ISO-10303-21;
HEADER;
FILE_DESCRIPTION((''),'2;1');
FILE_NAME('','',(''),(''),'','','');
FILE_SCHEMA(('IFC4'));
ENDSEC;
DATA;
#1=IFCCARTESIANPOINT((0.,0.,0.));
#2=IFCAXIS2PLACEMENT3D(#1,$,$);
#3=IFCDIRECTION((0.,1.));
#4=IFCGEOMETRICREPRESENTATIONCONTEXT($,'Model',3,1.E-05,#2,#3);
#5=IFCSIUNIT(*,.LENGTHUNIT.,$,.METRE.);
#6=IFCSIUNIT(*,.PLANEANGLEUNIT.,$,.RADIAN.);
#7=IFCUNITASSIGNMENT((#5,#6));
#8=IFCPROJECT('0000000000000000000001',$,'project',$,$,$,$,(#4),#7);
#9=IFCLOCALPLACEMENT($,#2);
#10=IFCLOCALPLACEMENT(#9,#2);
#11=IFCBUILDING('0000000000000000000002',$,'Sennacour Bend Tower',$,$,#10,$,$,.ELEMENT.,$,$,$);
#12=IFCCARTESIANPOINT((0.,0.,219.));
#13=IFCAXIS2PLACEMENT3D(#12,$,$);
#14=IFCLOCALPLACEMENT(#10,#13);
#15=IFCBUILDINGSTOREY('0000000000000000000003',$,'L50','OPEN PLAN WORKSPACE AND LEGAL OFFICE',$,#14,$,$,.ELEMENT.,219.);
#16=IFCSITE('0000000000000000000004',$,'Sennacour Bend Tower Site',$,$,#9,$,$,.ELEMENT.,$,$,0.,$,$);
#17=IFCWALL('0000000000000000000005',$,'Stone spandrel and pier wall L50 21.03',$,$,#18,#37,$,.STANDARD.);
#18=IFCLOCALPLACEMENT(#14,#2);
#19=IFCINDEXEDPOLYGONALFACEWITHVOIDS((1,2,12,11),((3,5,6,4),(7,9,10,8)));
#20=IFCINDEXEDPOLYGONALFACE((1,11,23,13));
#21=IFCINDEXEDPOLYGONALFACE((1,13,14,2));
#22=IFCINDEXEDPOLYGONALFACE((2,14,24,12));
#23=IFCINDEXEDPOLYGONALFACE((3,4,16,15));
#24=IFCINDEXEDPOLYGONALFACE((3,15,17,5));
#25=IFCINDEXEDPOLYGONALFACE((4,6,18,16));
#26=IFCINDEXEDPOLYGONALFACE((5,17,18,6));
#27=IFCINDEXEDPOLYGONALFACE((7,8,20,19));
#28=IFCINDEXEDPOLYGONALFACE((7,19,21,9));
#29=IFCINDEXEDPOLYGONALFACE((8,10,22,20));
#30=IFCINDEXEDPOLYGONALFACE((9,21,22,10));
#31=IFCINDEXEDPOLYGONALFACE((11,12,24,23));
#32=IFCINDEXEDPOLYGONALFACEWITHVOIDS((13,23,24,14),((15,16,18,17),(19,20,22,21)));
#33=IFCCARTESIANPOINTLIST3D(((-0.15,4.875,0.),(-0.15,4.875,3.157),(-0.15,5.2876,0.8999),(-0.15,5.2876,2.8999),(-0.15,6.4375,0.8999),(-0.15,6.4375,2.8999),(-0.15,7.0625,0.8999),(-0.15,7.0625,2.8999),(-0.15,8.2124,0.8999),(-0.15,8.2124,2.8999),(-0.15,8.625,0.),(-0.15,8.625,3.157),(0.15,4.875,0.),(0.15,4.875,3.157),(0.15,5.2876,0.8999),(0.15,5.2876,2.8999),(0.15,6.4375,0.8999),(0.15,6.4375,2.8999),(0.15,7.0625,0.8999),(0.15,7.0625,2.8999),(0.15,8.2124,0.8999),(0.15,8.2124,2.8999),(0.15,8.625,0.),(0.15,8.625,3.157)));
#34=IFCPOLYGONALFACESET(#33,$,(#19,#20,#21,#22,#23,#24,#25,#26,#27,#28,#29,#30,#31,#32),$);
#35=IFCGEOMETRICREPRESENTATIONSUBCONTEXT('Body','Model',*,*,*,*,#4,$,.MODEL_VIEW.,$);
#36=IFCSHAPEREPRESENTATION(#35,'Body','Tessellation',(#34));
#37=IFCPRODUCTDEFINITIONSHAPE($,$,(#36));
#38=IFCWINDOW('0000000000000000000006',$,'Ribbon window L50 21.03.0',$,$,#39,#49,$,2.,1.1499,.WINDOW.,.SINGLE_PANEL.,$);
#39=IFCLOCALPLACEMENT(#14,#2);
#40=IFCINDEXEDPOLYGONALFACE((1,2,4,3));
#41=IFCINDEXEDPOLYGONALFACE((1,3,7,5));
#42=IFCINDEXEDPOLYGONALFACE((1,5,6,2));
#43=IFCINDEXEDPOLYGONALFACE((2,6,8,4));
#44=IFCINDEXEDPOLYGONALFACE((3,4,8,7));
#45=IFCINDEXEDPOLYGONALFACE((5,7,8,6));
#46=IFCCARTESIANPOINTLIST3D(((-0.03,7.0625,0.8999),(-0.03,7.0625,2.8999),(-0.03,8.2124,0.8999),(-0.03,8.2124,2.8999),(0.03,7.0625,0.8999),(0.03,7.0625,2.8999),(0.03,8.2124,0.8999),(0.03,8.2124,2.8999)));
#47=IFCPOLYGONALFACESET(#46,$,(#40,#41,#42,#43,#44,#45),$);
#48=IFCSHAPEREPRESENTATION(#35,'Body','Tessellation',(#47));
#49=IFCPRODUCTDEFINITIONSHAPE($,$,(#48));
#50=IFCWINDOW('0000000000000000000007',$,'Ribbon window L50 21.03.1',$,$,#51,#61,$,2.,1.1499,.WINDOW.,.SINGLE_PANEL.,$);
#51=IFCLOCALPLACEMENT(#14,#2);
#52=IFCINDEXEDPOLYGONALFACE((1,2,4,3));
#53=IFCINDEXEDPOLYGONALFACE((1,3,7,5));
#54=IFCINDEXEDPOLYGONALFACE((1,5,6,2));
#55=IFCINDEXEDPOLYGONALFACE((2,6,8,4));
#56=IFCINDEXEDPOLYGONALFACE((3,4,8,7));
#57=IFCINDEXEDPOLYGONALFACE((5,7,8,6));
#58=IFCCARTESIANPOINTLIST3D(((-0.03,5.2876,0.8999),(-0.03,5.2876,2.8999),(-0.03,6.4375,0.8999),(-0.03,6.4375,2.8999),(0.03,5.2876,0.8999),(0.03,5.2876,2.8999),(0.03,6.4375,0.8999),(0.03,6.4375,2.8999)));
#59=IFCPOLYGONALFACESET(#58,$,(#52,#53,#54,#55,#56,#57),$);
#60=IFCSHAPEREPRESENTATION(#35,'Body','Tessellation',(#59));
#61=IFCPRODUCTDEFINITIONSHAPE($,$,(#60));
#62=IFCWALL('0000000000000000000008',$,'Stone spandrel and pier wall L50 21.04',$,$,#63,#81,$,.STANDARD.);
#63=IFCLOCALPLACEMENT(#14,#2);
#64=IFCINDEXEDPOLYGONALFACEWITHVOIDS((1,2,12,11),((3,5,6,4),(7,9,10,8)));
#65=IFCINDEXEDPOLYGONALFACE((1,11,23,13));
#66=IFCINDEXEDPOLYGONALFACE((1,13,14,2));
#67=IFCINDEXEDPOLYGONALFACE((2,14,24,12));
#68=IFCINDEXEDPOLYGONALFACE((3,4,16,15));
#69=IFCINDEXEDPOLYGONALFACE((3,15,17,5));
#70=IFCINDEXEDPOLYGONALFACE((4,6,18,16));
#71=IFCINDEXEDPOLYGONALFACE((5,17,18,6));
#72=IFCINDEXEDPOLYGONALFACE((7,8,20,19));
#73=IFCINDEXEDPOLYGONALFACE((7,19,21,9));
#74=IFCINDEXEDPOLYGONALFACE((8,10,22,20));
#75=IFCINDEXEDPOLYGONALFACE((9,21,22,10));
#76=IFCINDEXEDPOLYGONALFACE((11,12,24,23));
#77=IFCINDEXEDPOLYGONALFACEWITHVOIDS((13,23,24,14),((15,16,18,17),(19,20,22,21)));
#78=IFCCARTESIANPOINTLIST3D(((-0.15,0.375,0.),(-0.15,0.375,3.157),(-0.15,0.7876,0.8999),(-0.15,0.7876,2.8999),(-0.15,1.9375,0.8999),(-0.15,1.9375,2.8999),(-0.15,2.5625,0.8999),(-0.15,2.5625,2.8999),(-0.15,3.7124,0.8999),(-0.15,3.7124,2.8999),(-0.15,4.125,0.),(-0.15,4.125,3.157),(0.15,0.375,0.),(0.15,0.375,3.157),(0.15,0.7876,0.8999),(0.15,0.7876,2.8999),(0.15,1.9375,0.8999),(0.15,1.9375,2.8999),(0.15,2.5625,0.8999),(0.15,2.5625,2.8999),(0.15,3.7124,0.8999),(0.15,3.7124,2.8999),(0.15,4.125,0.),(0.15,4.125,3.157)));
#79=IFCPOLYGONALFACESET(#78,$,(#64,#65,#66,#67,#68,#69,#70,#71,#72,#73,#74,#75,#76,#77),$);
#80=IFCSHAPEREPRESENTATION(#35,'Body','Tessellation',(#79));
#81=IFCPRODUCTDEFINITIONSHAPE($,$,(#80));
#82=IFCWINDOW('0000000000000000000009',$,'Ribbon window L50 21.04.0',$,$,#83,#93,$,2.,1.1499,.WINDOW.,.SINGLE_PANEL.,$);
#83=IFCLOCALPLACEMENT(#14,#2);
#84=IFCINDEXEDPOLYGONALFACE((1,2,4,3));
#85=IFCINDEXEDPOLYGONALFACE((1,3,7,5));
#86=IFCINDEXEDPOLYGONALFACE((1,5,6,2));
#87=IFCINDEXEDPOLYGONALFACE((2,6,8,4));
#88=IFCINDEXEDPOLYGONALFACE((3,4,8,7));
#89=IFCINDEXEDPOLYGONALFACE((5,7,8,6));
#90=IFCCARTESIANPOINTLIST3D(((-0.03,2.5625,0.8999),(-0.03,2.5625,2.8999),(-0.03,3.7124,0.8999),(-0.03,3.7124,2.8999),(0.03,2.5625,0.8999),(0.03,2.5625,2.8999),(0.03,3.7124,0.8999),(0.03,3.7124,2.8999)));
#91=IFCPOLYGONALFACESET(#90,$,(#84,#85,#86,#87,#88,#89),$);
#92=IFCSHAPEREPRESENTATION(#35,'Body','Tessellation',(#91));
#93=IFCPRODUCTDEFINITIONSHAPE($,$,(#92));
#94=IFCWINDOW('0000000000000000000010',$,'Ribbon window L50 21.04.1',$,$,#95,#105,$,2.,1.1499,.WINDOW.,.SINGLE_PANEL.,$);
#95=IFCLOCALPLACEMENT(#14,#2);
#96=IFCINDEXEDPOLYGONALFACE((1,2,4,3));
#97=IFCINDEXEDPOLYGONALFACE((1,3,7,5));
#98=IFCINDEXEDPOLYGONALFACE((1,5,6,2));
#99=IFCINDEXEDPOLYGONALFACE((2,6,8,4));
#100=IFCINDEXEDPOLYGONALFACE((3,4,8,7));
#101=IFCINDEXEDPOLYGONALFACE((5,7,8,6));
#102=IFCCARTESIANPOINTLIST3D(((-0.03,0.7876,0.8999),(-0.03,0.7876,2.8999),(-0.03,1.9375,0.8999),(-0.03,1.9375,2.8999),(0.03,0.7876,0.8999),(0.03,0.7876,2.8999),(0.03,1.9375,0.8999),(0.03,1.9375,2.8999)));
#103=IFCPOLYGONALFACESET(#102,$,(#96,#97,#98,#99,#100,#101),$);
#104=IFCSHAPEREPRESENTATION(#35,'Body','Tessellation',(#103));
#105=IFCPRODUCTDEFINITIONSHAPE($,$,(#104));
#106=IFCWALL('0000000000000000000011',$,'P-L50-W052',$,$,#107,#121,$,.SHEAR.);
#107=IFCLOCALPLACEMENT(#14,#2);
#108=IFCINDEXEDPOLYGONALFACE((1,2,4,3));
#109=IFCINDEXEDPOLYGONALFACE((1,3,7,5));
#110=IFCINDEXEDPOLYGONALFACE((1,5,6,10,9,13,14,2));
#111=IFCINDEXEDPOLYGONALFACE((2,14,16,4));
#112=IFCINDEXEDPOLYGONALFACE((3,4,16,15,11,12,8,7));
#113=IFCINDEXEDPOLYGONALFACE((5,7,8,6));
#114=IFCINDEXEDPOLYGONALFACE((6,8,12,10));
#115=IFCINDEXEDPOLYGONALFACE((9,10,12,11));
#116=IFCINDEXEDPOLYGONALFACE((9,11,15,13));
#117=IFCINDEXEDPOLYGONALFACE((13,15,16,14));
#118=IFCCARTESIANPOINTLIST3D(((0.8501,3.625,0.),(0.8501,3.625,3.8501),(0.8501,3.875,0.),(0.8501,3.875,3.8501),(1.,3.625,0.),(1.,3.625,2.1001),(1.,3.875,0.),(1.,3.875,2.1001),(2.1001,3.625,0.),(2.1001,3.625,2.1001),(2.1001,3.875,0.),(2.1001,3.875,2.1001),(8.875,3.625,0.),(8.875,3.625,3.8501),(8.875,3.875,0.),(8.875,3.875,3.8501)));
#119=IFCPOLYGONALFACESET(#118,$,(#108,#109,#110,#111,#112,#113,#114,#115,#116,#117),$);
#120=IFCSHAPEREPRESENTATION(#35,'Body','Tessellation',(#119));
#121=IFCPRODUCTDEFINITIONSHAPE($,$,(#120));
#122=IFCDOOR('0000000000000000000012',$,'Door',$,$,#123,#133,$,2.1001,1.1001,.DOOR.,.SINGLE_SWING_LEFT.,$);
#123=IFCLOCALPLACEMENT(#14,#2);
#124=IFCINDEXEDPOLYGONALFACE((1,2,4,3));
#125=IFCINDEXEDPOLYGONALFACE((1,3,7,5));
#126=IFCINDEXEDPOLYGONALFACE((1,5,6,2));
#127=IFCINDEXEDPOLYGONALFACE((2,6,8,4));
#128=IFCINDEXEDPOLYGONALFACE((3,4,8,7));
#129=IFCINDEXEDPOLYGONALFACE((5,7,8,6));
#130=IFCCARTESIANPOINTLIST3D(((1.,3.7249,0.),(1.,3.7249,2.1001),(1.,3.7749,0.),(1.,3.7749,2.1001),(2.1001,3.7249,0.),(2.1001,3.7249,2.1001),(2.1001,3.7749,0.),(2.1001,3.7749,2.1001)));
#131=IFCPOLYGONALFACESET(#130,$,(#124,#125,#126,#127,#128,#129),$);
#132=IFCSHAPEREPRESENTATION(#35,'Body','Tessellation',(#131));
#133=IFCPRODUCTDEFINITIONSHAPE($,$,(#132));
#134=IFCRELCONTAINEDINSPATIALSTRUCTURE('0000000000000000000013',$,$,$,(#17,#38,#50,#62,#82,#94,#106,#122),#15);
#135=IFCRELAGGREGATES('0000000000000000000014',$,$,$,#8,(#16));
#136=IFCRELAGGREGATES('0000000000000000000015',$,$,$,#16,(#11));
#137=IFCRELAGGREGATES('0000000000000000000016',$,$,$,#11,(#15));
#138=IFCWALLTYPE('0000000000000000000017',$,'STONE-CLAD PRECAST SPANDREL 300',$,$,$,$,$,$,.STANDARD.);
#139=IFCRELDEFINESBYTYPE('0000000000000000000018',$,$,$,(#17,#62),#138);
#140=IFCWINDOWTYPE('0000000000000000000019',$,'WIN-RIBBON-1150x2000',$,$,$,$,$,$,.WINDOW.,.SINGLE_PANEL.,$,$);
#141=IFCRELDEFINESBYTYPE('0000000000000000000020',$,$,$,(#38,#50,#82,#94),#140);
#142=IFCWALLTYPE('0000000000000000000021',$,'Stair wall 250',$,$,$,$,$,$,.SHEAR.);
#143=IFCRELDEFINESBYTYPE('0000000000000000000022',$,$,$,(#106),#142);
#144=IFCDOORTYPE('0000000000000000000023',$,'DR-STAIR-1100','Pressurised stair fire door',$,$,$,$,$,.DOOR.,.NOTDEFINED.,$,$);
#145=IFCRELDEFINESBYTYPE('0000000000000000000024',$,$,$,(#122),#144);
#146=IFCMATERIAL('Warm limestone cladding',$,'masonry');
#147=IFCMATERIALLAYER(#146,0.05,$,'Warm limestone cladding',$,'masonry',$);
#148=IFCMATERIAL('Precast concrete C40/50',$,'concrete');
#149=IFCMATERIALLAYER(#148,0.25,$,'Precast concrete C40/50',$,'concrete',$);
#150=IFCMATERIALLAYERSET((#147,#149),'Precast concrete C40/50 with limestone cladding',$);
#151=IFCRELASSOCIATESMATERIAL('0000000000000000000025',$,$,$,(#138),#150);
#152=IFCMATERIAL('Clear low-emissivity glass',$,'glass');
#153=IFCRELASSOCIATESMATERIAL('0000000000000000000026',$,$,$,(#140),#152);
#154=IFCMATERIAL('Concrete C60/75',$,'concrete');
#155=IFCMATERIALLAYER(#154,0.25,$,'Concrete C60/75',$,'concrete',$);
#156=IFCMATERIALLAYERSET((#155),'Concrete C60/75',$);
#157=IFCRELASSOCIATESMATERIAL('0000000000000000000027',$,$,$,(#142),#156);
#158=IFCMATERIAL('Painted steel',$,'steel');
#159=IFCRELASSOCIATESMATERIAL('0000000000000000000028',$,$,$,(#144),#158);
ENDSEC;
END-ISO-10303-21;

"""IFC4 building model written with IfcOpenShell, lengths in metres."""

from ifc_helpers import new_model, si_unit, direction, frame, frame_2d, origin, place, context, subcontext, project, spatial, rectangle, extrude, material, layer, layer_set, type_object, element, fill, save


model = new_model("IFC4")

# Units and contexts
model_context = context("Model", 3, precision=1e-05, world=origin(), true_north=direction((0.0, 1.0)))
body_context = subcontext(model_context, "Body", "Model", "MODEL_VIEW")
ifc_project = project(units=[si_unit("LENGTHUNIT", "METRE"), si_unit("PLANEANGLEUNIT", "RADIAN")], contexts=[model_context])

# Site, building, storey
site_placement = place(None, origin())
site = spatial("IfcSite", under=ifc_project, at=site_placement, Name="Sennacour Bend Tower Site", CompositionType="ELEMENT", RefElevation=0.0)
building_placement = place(site_placement, origin())
building = spatial("IfcBuilding", under=site, at=building_placement, Name="Sennacour Bend Tower", CompositionType="ELEMENT")
storey_placement = place(building_placement, frame((0.0, 0.0, 219.0)))
storey = spatial("IfcBuildingStorey", under=building, at=storey_placement, Name="L50", Description="OPEN PLAN WORKSPACE AND LEGAL OFFICE", CompositionType="ELEMENT", Elevation=219.0)

# Shared definitions
ifc_material_1 = material(Name="Painted steel", Category="steel")

# Walls, openings, windows
ifc_material_2 = material(Name="Warm limestone cladding", Category="masonry")
ifc_layer_1 = layer(ifc_material_2, 0.05, Name="Warm limestone cladding", Category="masonry")
ifc_material_3 = material(Name="Precast concrete C40/50", Category="concrete")
ifc_layer_2 = layer(ifc_material_3, 0.25, Name="Precast concrete C40/50", Category="concrete")
ifc_layer_set_1 = layer_set([ifc_layer_1, ifc_layer_2], Name="Precast concrete C40/50 with limestone cladding")
wall_type_1 = type_object("IfcWallType", Name="STONE-CLAD PRECAST SPANDREL 300", PredefinedType="STANDARD", material=ifc_layer_set_1)
wall_1_placement = place(storey_placement, frame((0.0, 8.625, 0.0), z_axis=(0.0, 0.0, 1.0), x_axis=(0.0, -1.0, 0.0)))
wall_1 = element("IfcWall", 1, at=wall_1_placement, inside=storey, type_object=wall_type_1, Name="Stone spandrel and pier wall L50 21.03", PredefinedType="STANDARD", context=body_context, shape_type="SweptSolid", body=[
    extrude(rectangle(XDim=3.75, YDim=0.3, at=frame_2d((1.875, 0.0))), origin(), (0.0, 0.0, 1.0), 3.157),
])
opening_1_placement = place(wall_1_placement, frame((0.4126, 0.0, 0.8999)))
opening_1 = element("IfcOpeningElement", 2, at=opening_1_placement, cuts=wall_1, PredefinedType="OPENING", context=body_context, shape_type="SweptSolid", body=[
    extrude(rectangle(XDim=1.1499, YDim=2.0, at=frame_2d((0.575, 1.0))), frame((0.0, 0.1602, 0.0), z_axis=(0.0, -1.0, 0.0), x_axis=(1.0, 0.0, 0.0)), (0.0, 0.0, 1.0), 0.3201),
])
opening_2_placement = place(wall_1_placement, frame((2.1875, 0.0, 0.8999)))
opening_2 = element("IfcOpeningElement", 3, at=opening_2_placement, cuts=wall_1, PredefinedType="OPENING", context=body_context, shape_type="SweptSolid", body=[
    extrude(rectangle(XDim=1.1499, YDim=2.0, at=frame_2d((0.575, 1.0))), frame((0.0, 0.1602, 0.0), z_axis=(0.0, -1.0, 0.0), x_axis=(1.0, 0.0, 0.0)), (0.0, 0.0, 1.0), 0.3201),
])
ifc_material_4 = material(Name="Clear low-emissivity glass", Category="glass")
window_type = type_object("IfcWindowType", Name="WIN-RIBBON-1150x2000", PartitioningType="SINGLE_PANEL", PredefinedType="WINDOW", material=ifc_material_4)
window_1_placement = place(opening_1_placement, origin())
window_1 = element("IfcWindow", 4, at=window_1_placement, inside=storey, type_object=window_type, Name="Ribbon window L50 21.03.0", OverallHeight=2.0, OverallWidth=1.1499, PartitioningType="SINGLE_PANEL", PredefinedType="WINDOW", context=body_context, shape_type="SweptSolid", body=[
    extrude(rectangle(XDim=1.1499, YDim=2.0, at=frame_2d((0.575, 1.0))), frame((0.0, 0.03, 0.0), z_axis=(0.0, -1.0, 0.0), x_axis=(1.0, 0.0, 0.0)), (0.0, 0.0, 1.0), 0.0601),
])
fill(opening_1, window_1)
window_2_placement = place(opening_2_placement, origin())
window_2 = element("IfcWindow", 5, at=window_2_placement, inside=storey, type_object=window_type, Name="Ribbon window L50 21.03.1", OverallHeight=2.0, OverallWidth=1.1499, PartitioningType="SINGLE_PANEL", PredefinedType="WINDOW", context=body_context, shape_type="SweptSolid", body=[
    extrude(rectangle(XDim=1.1499, YDim=2.0, at=frame_2d((0.575, 1.0))), frame((0.0, 0.03, 0.0), z_axis=(0.0, -1.0, 0.0), x_axis=(1.0, 0.0, 0.0)), (0.0, 0.0, 1.0), 0.0601),
])
fill(opening_2, window_2)
wall_2_placement = place(storey_placement, frame((0.0, 4.125, 0.0), z_axis=(0.0, 0.0, 1.0), x_axis=(0.0, -1.0, 0.0)))
wall_2 = element("IfcWall", 6, at=wall_2_placement, inside=storey, type_object=wall_type_1, Name="Stone spandrel and pier wall L50 21.04", PredefinedType="STANDARD", context=body_context, shape_type="SweptSolid", body=[
    extrude(rectangle(XDim=3.75, YDim=0.3, at=frame_2d((1.875, 0.0))), origin(), (0.0, 0.0, 1.0), 3.157),
])
opening_3_placement = place(wall_2_placement, frame((0.4126, 0.0, 0.8999)))
opening_3 = element("IfcOpeningElement", 7, at=opening_3_placement, cuts=wall_2, PredefinedType="OPENING", context=body_context, shape_type="SweptSolid", body=[
    extrude(rectangle(XDim=1.1499, YDim=2.0, at=frame_2d((0.575, 1.0))), frame((0.0, 0.1602, 0.0), z_axis=(0.0, -1.0, 0.0), x_axis=(1.0, 0.0, 0.0)), (0.0, 0.0, 1.0), 0.3201),
])
opening_4_placement = place(wall_2_placement, frame((2.1875, 0.0, 0.8999)))
opening_4 = element("IfcOpeningElement", 8, at=opening_4_placement, cuts=wall_2, PredefinedType="OPENING", context=body_context, shape_type="SweptSolid", body=[
    extrude(rectangle(XDim=1.1499, YDim=2.0, at=frame_2d((0.575, 1.0))), frame((0.0, 0.1602, 0.0), z_axis=(0.0, -1.0, 0.0), x_axis=(1.0, 0.0, 0.0)), (0.0, 0.0, 1.0), 0.3201),
])
window_3_placement = place(opening_3_placement, origin())
window_3 = element("IfcWindow", 9, at=window_3_placement, inside=storey, type_object=window_type, Name="Ribbon window L50 21.04.0", OverallHeight=2.0, OverallWidth=1.1499, PartitioningType="SINGLE_PANEL", PredefinedType="WINDOW", context=body_context, shape_type="SweptSolid", body=[
    extrude(rectangle(XDim=1.1499, YDim=2.0, at=frame_2d((0.575, 1.0))), frame((0.0, 0.03, 0.0), z_axis=(0.0, -1.0, 0.0), x_axis=(1.0, 0.0, 0.0)), (0.0, 0.0, 1.0), 0.0601),
])
fill(opening_3, window_3)
window_4_placement = place(opening_4_placement, origin())
window_4 = element("IfcWindow", 10, at=window_4_placement, inside=storey, type_object=window_type, Name="Ribbon window L50 21.04.1", OverallHeight=2.0, OverallWidth=1.1499, PartitioningType="SINGLE_PANEL", PredefinedType="WINDOW", context=body_context, shape_type="SweptSolid", body=[
    extrude(rectangle(XDim=1.1499, YDim=2.0, at=frame_2d((0.575, 1.0))), frame((0.0, 0.03, 0.0), z_axis=(0.0, -1.0, 0.0), x_axis=(1.0, 0.0, 0.0)), (0.0, 0.0, 1.0), 0.0601),
])
fill(opening_4, window_4)

# Wall, opening, door
ifc_material_5 = material(Name="Concrete C60/75", Category="concrete")
ifc_layer_3 = layer(ifc_material_5, 0.25, Name="Concrete C60/75", Category="concrete")
ifc_layer_set_2 = layer_set([ifc_layer_3], Name="Concrete C60/75")
wall_type_2 = type_object("IfcWallType", Name="Stair wall 250", PredefinedType="SHEAR", material=ifc_layer_set_2)
wall_3_placement = place(storey_placement, frame((0.8501, 3.75, 0.0), z_axis=(0.0, 0.0, 1.0), x_axis=(1.0, 0.0, 0.0)))
wall_3 = element("IfcWall", 11, at=wall_3_placement, inside=storey, type_object=wall_type_2, Name="P-L50-W052", PredefinedType="SHEAR", context=body_context, shape_type="SweptSolid", body=[
    extrude(rectangle(XDim=8.0249, YDim=0.25, at=frame_2d((4.0125, 0.0))), origin(), (0.0, 0.0, 1.0), 3.8501),
])
opening_5_placement = place(wall_3_placement, frame((0.1499, 0.0, 0.0)))
opening_5 = element("IfcOpeningElement", 12, at=opening_5_placement, cuts=wall_3, PredefinedType="OPENING", context=body_context, shape_type="SweptSolid", body=[
    extrude(rectangle(XDim=1.1001, YDim=2.1001, at=frame_2d((0.55, 1.05))), frame((0.0, 0.135, 0.0), z_axis=(0.0, -1.0, 0.0), x_axis=(1.0, 0.0, 0.0)), (0.0, 0.0, 1.0), 0.27),
])
door_type_1 = type_object("IfcDoorType", Name="DR-STAIR-1100", Description="Pressurised stair fire door", OperationType="NOTDEFINED", PredefinedType="DOOR", material=ifc_material_1)
door_1_placement = place(opening_5_placement, origin())
door_1 = element("IfcDoor", 13, at=door_1_placement, inside=storey, type_object=door_type_1, Name="Door", OperationType="SINGLE_SWING_LEFT", OverallHeight=2.1001, OverallWidth=1.1001, PredefinedType="DOOR", context=body_context, shape_type="SweptSolid", body=[
    extrude(rectangle(XDim=1.1001, YDim=2.1001, at=frame_2d((0.55, 1.05))), frame((0.0, 0.0249, 0.0), z_axis=(0.0, -1.0, 0.0), x_axis=(1.0, 0.0, 0.0)), (0.0, 0.0, 1.0), 0.05),
])
fill(opening_5, door_1)

save(model, "model.ifc")
